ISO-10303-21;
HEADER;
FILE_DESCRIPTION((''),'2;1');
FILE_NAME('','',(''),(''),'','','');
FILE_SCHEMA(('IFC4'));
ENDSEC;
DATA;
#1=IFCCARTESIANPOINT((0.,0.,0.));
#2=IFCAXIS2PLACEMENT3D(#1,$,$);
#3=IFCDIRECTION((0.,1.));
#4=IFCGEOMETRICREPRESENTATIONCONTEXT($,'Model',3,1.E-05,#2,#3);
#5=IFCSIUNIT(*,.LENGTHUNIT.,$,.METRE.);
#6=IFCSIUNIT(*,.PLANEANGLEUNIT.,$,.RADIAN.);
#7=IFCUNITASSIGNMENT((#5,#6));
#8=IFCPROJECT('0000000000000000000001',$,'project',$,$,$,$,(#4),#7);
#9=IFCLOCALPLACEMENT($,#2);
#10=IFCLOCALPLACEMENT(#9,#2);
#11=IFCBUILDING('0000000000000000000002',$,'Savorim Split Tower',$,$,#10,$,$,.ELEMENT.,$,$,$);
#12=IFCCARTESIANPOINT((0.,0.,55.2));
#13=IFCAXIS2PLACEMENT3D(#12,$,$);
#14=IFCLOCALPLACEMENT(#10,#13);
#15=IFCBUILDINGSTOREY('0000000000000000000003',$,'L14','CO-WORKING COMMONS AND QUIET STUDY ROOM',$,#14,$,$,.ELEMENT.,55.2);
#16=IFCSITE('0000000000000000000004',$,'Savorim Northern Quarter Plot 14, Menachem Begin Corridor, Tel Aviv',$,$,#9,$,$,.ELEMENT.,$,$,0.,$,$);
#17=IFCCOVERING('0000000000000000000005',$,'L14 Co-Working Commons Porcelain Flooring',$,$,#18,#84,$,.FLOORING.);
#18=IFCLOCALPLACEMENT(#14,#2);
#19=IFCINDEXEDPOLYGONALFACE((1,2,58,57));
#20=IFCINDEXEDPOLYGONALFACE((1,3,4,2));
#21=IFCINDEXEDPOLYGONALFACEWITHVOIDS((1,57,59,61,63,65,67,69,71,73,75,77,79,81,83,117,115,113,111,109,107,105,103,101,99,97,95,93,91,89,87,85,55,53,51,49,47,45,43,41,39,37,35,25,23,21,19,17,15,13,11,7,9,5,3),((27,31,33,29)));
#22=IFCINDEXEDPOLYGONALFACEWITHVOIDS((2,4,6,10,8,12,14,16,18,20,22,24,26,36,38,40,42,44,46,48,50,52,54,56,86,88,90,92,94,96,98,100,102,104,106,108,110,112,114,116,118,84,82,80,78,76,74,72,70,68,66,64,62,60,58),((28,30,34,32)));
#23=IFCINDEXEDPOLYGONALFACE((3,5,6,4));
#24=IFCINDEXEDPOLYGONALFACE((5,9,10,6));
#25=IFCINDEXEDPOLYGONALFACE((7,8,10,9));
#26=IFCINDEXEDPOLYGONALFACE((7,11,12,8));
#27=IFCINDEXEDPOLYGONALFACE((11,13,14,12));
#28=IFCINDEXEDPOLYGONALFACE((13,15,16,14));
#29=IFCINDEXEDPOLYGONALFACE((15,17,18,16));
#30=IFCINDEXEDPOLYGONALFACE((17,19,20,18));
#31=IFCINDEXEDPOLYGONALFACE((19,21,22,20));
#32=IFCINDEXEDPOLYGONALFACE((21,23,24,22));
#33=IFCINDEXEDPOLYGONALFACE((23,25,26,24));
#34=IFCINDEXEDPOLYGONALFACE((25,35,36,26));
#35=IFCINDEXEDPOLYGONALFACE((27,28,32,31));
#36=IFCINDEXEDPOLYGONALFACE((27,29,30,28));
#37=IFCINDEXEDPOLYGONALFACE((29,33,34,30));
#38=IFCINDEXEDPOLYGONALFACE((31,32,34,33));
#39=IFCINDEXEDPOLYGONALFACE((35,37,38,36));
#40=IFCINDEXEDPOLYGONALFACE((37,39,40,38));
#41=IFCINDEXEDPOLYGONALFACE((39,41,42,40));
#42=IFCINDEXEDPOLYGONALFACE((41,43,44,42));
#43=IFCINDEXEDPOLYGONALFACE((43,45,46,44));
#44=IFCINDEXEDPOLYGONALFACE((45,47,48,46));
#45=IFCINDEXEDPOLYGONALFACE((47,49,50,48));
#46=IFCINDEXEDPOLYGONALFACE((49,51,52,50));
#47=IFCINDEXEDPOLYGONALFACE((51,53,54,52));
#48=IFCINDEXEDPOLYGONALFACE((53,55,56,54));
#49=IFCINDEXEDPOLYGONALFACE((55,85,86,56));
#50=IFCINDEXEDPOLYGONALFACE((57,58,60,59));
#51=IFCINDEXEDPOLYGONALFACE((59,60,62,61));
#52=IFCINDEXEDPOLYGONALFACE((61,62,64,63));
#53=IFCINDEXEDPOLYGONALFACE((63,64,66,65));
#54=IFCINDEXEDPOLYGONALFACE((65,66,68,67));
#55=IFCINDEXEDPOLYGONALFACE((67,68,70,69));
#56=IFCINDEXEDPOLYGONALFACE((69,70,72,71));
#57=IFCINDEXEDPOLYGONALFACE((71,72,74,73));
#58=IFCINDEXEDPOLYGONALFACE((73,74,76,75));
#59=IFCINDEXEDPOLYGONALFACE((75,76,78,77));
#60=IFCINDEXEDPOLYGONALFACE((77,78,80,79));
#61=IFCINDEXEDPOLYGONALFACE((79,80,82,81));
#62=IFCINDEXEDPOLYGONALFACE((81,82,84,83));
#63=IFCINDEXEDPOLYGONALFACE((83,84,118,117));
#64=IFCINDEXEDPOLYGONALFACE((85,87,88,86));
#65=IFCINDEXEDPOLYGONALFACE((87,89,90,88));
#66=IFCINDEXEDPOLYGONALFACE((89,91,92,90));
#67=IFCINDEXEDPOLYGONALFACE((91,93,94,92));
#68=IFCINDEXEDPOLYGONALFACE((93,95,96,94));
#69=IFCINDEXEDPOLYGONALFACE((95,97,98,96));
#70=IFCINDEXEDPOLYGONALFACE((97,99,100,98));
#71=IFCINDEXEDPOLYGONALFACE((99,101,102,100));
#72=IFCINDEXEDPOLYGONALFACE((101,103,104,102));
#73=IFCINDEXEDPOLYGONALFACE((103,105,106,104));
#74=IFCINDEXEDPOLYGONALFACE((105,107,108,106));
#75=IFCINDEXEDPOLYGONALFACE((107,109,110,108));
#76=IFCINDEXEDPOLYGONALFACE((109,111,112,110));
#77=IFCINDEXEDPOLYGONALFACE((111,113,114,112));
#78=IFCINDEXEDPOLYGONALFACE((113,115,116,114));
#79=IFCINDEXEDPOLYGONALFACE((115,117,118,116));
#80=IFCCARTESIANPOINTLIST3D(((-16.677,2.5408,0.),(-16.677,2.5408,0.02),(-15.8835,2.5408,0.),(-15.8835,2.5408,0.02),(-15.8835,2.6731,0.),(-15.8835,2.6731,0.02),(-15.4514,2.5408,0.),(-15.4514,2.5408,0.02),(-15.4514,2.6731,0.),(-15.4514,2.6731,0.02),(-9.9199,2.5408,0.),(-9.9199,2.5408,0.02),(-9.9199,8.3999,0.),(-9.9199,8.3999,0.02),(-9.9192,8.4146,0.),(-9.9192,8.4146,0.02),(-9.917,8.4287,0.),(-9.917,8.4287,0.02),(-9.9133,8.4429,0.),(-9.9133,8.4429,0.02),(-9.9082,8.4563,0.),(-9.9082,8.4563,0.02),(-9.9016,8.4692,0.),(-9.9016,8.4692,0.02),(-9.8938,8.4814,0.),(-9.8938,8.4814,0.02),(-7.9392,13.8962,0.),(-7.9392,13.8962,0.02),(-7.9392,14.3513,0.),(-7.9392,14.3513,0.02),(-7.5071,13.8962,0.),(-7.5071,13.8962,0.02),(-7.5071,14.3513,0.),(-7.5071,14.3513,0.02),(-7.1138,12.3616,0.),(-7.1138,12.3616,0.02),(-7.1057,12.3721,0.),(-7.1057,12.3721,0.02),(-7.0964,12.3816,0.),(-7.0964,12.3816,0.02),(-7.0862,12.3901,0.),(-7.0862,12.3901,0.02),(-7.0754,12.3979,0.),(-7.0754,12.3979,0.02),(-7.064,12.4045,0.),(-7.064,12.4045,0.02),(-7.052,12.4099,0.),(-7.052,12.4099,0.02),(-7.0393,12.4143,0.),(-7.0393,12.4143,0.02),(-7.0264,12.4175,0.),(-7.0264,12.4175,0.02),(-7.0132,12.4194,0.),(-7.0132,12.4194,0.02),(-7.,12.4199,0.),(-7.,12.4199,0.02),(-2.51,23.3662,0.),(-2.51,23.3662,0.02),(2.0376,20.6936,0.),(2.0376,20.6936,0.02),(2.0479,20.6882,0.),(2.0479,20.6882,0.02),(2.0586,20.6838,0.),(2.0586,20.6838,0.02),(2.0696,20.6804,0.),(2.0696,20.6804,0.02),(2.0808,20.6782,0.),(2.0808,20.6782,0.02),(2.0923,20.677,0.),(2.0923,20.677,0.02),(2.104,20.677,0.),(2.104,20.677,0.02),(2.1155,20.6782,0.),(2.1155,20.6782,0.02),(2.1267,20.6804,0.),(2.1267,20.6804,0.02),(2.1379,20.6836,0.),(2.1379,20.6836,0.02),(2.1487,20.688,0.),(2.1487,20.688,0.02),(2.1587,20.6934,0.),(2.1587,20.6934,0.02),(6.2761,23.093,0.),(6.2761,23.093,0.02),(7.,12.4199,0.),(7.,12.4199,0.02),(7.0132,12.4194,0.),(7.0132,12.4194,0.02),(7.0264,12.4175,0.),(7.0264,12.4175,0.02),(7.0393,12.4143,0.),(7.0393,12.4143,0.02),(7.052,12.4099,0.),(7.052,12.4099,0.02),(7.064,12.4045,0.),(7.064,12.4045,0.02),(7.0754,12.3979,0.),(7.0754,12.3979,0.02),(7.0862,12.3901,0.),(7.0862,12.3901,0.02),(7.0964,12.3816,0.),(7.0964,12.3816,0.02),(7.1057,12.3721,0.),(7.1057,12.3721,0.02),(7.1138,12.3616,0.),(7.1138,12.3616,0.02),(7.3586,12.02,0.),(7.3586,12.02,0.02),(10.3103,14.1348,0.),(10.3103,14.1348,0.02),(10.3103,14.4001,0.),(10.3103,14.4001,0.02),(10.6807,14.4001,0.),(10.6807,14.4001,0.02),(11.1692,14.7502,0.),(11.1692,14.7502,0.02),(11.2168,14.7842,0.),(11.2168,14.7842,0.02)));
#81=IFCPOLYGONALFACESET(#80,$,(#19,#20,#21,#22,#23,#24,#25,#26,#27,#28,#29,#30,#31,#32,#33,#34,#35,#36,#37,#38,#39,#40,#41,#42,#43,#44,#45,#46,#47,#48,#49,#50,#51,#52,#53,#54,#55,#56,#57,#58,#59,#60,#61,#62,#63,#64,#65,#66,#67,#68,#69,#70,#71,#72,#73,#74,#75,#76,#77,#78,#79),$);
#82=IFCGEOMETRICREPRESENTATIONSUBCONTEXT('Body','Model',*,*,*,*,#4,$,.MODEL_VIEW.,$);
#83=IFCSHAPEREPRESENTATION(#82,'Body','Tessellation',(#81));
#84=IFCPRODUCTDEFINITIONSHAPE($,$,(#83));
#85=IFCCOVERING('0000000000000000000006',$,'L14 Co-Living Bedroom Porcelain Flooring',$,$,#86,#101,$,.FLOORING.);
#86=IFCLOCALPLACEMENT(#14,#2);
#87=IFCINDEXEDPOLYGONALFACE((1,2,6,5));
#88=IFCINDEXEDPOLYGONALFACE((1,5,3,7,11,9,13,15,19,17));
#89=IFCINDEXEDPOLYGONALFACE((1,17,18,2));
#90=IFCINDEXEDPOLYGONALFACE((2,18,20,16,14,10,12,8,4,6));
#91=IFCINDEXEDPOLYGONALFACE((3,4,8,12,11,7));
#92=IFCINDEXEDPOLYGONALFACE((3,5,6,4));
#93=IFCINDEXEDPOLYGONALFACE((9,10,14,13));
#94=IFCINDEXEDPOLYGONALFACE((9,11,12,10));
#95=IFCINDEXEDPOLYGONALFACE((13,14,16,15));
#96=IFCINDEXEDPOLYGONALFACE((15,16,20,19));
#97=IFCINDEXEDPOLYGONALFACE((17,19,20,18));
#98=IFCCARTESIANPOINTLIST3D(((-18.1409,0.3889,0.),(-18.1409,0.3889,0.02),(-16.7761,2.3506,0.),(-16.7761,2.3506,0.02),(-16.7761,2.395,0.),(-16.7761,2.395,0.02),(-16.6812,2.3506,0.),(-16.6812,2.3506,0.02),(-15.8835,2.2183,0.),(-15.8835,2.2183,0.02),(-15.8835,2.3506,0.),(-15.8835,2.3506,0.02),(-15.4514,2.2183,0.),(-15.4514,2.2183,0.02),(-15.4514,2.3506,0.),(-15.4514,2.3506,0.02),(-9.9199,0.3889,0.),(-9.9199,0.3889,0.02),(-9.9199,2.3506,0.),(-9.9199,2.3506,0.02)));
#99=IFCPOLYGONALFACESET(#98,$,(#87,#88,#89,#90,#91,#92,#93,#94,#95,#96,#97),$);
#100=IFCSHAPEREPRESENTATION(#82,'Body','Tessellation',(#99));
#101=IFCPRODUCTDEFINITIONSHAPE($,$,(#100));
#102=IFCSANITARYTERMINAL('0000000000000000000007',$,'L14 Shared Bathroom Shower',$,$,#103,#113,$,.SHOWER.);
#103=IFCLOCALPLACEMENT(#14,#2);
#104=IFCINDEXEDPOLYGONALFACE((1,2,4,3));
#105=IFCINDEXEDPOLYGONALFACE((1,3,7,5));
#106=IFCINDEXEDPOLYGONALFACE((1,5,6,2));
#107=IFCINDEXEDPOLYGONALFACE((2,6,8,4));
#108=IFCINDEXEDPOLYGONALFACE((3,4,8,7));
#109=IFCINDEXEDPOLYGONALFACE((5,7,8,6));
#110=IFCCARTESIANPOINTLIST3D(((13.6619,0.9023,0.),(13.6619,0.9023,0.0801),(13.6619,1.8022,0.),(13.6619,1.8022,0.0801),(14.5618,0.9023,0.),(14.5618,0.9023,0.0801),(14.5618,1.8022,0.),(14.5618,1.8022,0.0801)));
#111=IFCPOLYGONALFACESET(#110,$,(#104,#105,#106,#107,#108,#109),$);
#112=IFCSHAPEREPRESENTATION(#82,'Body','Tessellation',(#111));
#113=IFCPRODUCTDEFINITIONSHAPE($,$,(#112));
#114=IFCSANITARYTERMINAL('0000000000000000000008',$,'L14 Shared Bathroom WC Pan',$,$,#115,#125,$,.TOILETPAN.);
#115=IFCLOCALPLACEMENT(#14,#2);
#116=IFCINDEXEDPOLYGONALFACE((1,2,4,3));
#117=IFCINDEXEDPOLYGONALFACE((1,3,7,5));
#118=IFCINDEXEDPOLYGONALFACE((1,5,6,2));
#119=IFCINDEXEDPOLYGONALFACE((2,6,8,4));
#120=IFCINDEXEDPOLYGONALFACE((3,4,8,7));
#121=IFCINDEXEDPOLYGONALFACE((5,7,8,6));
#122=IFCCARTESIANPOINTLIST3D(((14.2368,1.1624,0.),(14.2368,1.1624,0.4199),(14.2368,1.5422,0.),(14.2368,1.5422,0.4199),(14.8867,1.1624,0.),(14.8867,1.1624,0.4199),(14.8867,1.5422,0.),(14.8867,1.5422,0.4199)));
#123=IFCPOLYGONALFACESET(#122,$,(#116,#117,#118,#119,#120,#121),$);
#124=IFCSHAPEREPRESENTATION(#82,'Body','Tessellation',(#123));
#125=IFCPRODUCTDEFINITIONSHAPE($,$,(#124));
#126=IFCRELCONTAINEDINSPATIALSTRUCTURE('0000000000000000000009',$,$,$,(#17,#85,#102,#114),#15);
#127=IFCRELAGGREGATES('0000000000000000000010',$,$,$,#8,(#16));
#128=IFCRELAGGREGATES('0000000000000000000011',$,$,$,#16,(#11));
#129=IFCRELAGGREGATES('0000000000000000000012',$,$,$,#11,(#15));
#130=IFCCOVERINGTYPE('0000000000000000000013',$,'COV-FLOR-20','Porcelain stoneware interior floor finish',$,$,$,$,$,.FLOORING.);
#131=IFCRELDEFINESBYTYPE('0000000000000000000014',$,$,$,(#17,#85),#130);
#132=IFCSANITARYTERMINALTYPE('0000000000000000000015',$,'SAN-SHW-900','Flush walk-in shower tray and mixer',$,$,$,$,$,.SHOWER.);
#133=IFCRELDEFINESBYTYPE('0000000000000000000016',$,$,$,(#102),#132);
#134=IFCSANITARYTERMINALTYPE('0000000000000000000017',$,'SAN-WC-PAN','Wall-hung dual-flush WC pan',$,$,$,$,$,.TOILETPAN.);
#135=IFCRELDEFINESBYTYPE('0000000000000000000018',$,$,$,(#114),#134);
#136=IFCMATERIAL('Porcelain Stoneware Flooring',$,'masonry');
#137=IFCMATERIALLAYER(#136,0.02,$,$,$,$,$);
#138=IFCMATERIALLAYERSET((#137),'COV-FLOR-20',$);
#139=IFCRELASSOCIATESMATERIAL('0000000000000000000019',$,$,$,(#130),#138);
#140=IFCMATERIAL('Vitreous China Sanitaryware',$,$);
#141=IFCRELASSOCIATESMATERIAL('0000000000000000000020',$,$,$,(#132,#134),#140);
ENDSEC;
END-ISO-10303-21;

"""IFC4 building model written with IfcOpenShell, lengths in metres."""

from ifc_helpers import new_model, si_unit, direction, frame, origin, origin_2d, place, context, subcontext, project, spatial, polyline, rectangle, outline, extrude, material, layer, layer_set, type_object, element, save


model = new_model("IFC4")

# Units and contexts
model_context = context("Model", 3, precision=1e-05, world=origin(), true_north=direction((0.0, 1.0)))
body_context = subcontext(model_context, "Body", "Model", "MODEL_VIEW")
ifc_project = project(units=[si_unit("LENGTHUNIT", "METRE"), si_unit("PLANEANGLEUNIT", "RADIAN")], contexts=[model_context])

# Site, building, storey
site_placement = place(None, origin())
site = spatial("IfcSite", under=ifc_project, at=site_placement, Name="Savorim Northern Quarter Plot 14, Menachem Begin Corridor, Tel Aviv", CompositionType="ELEMENT", RefElevation=0.0)
building_placement = place(site_placement, origin())
building = spatial("IfcBuilding", under=site, at=building_placement, Name="Savorim Split Tower", CompositionType="ELEMENT")
storey_placement = place(building_placement, frame((0.0, 0.0, 55.2)))
storey = spatial("IfcBuildingStorey", under=building, at=storey_placement, Name="L14", Description="CO-WORKING COMMONS AND QUIET STUDY ROOM", CompositionType="ELEMENT", Elevation=55.2)

# Coverings
ifc_material_1 = material(Name="Porcelain Stoneware Flooring", Category="masonry")
ifc_layer_1 = layer(ifc_material_1, 0.02)
ifc_layer_set_1 = layer_set([ifc_layer_1], Name="COV-FLOR-20")
covering_type_1 = type_object("IfcCoveringType", Name="COV-FLOR-20", Description="Porcelain stoneware interior floor finish", PredefinedType="FLOORING", material=ifc_layer_set_1)
covering_1_placement = place(storey_placement, origin())
element("IfcCovering", 1, at=covering_1_placement, inside=storey, type_object=covering_type_1, Name="L14 Co-Working Commons Porcelain Flooring", PredefinedType="FLOORING", context=body_context, shape_type="SweptSolid", body=[
    extrude(outline(polyline([(2.0586, 20.6838), (2.0479, 20.6882), (2.0376, 20.6936), (-2.51, 23.3662), (-16.677, 2.5408), (-15.8835, 2.5408), (-15.8835, 2.6731), (-15.4514, 2.6731), (-15.4514, 2.5408), (-9.9199, 2.5408), (-9.9199, 8.3999), (-9.9192, 8.4146), (-9.917, 8.4287), (-9.9133, 8.4429), (-9.9082, 8.4563), (-9.9016, 8.4692), (-9.8938, 8.4814), (-7.1138, 12.3616), (-7.1057, 12.3721), (-7.0964, 12.3816), (-7.0862, 12.3901), (-7.0754, 12.3979), (-7.064, 12.4045), (-7.052, 12.4099), (-7.0393, 12.4143), (-7.0264, 12.4175), (-7.0132, 12.4194), (-7.0, 12.4199), (7.0, 12.4199), (7.0132, 12.4194), (7.0264, 12.4175), (7.0393, 12.4143), (7.052, 12.4099), (7.064, 12.4045), (7.0754, 12.3979), (7.0862, 12.3901), (7.0964, 12.3816), (7.1057, 12.3721), (7.1138, 12.3616), (7.3586, 12.02), (10.3103, 14.1348), (10.3103, 14.4001), (10.6807, 14.4001), (11.1692, 14.7502), (11.2168, 14.7842), (6.2761, 23.093), (2.1587, 20.6934), (2.1487, 20.688), (2.1379, 20.6836), (2.1267, 20.6804), (2.1155, 20.6782), (2.104, 20.677), (2.0923, 20.677), (2.0808, 20.6782), (2.0696, 20.6804), (2.0586, 20.6838)]), holes=[polyline([(-7.5071, 14.3513), (-7.9392, 14.3513), (-7.9392, 13.8962), (-7.5071, 13.8962), (-7.5071, 14.3513)])]), origin(), (0.0, 0.0, 1.0), 0.02),
])
covering_2_placement = place(storey_placement, origin())
element("IfcCovering", 2, at=covering_2_placement, inside=storey, type_object=covering_type_1, Name="L14 Co-Living Bedroom Porcelain Flooring", PredefinedType="FLOORING", context=body_context, shape_type="SweptSolid", body=[
    extrude(outline(polyline([(-15.8835, 2.3506), (-16.6812, 2.3506), (-16.7761, 2.3506), (-16.7761, 2.395), (-18.1409, 0.3889), (-9.9199, 0.3889), (-9.9199, 2.3506), (-15.4514, 2.3506), (-15.4514, 2.2183), (-15.8835, 2.2183), (-15.8835, 2.3506)])), origin(), (0.0, 0.0, 1.0), 0.02),
])

# Sanitary terminals
ifc_material_2 = material(Name="Vitreous China Sanitaryware")
sanitary_terminal_type_1 = type_object("IfcSanitaryTerminalType", Name="SAN-SHW-900", Description="Flush walk-in shower tray and mixer", PredefinedType="SHOWER", material=ifc_material_2)
sanitary_terminal_1_placement = place(storey_placement, frame((14.1118, 1.3523, 0.0), z_axis=(0.0, 0.0, 1.0), x_axis=(1.0, 0.0, 0.0)))
element("IfcSanitaryTerminal", 3, at=sanitary_terminal_1_placement, inside=storey, type_object=sanitary_terminal_type_1, Name="L14 Shared Bathroom Shower", PredefinedType="SHOWER", context=body_context, shape_type="SweptSolid", body=[
    extrude(rectangle(XDim=0.8999, YDim=0.8999, at=origin_2d()), origin(), (0.0, 0.0, 1.0), 0.0801),
])
sanitary_terminal_type_2 = type_object("IfcSanitaryTerminalType", Name="SAN-WC-PAN", Description="Wall-hung dual-flush WC pan", PredefinedType="TOILETPAN", material=ifc_material_2)
sanitary_terminal_2_placement = place(storey_placement, frame((14.5618, 1.3523, 0.0), z_axis=(0.0, 0.0, 1.0), x_axis=(1.0, 0.0, 0.0)))
element("IfcSanitaryTerminal", 4, at=sanitary_terminal_2_placement, inside=storey, type_object=sanitary_terminal_type_2, Name="L14 Shared Bathroom WC Pan", PredefinedType="TOILETPAN", context=body_context, shape_type="SweptSolid", body=[
    extrude(rectangle(XDim=0.6499, YDim=0.3799, at=origin_2d()), origin(), (0.0, 0.0, 1.0), 0.4199),
])

save(model, "model.ifc")
